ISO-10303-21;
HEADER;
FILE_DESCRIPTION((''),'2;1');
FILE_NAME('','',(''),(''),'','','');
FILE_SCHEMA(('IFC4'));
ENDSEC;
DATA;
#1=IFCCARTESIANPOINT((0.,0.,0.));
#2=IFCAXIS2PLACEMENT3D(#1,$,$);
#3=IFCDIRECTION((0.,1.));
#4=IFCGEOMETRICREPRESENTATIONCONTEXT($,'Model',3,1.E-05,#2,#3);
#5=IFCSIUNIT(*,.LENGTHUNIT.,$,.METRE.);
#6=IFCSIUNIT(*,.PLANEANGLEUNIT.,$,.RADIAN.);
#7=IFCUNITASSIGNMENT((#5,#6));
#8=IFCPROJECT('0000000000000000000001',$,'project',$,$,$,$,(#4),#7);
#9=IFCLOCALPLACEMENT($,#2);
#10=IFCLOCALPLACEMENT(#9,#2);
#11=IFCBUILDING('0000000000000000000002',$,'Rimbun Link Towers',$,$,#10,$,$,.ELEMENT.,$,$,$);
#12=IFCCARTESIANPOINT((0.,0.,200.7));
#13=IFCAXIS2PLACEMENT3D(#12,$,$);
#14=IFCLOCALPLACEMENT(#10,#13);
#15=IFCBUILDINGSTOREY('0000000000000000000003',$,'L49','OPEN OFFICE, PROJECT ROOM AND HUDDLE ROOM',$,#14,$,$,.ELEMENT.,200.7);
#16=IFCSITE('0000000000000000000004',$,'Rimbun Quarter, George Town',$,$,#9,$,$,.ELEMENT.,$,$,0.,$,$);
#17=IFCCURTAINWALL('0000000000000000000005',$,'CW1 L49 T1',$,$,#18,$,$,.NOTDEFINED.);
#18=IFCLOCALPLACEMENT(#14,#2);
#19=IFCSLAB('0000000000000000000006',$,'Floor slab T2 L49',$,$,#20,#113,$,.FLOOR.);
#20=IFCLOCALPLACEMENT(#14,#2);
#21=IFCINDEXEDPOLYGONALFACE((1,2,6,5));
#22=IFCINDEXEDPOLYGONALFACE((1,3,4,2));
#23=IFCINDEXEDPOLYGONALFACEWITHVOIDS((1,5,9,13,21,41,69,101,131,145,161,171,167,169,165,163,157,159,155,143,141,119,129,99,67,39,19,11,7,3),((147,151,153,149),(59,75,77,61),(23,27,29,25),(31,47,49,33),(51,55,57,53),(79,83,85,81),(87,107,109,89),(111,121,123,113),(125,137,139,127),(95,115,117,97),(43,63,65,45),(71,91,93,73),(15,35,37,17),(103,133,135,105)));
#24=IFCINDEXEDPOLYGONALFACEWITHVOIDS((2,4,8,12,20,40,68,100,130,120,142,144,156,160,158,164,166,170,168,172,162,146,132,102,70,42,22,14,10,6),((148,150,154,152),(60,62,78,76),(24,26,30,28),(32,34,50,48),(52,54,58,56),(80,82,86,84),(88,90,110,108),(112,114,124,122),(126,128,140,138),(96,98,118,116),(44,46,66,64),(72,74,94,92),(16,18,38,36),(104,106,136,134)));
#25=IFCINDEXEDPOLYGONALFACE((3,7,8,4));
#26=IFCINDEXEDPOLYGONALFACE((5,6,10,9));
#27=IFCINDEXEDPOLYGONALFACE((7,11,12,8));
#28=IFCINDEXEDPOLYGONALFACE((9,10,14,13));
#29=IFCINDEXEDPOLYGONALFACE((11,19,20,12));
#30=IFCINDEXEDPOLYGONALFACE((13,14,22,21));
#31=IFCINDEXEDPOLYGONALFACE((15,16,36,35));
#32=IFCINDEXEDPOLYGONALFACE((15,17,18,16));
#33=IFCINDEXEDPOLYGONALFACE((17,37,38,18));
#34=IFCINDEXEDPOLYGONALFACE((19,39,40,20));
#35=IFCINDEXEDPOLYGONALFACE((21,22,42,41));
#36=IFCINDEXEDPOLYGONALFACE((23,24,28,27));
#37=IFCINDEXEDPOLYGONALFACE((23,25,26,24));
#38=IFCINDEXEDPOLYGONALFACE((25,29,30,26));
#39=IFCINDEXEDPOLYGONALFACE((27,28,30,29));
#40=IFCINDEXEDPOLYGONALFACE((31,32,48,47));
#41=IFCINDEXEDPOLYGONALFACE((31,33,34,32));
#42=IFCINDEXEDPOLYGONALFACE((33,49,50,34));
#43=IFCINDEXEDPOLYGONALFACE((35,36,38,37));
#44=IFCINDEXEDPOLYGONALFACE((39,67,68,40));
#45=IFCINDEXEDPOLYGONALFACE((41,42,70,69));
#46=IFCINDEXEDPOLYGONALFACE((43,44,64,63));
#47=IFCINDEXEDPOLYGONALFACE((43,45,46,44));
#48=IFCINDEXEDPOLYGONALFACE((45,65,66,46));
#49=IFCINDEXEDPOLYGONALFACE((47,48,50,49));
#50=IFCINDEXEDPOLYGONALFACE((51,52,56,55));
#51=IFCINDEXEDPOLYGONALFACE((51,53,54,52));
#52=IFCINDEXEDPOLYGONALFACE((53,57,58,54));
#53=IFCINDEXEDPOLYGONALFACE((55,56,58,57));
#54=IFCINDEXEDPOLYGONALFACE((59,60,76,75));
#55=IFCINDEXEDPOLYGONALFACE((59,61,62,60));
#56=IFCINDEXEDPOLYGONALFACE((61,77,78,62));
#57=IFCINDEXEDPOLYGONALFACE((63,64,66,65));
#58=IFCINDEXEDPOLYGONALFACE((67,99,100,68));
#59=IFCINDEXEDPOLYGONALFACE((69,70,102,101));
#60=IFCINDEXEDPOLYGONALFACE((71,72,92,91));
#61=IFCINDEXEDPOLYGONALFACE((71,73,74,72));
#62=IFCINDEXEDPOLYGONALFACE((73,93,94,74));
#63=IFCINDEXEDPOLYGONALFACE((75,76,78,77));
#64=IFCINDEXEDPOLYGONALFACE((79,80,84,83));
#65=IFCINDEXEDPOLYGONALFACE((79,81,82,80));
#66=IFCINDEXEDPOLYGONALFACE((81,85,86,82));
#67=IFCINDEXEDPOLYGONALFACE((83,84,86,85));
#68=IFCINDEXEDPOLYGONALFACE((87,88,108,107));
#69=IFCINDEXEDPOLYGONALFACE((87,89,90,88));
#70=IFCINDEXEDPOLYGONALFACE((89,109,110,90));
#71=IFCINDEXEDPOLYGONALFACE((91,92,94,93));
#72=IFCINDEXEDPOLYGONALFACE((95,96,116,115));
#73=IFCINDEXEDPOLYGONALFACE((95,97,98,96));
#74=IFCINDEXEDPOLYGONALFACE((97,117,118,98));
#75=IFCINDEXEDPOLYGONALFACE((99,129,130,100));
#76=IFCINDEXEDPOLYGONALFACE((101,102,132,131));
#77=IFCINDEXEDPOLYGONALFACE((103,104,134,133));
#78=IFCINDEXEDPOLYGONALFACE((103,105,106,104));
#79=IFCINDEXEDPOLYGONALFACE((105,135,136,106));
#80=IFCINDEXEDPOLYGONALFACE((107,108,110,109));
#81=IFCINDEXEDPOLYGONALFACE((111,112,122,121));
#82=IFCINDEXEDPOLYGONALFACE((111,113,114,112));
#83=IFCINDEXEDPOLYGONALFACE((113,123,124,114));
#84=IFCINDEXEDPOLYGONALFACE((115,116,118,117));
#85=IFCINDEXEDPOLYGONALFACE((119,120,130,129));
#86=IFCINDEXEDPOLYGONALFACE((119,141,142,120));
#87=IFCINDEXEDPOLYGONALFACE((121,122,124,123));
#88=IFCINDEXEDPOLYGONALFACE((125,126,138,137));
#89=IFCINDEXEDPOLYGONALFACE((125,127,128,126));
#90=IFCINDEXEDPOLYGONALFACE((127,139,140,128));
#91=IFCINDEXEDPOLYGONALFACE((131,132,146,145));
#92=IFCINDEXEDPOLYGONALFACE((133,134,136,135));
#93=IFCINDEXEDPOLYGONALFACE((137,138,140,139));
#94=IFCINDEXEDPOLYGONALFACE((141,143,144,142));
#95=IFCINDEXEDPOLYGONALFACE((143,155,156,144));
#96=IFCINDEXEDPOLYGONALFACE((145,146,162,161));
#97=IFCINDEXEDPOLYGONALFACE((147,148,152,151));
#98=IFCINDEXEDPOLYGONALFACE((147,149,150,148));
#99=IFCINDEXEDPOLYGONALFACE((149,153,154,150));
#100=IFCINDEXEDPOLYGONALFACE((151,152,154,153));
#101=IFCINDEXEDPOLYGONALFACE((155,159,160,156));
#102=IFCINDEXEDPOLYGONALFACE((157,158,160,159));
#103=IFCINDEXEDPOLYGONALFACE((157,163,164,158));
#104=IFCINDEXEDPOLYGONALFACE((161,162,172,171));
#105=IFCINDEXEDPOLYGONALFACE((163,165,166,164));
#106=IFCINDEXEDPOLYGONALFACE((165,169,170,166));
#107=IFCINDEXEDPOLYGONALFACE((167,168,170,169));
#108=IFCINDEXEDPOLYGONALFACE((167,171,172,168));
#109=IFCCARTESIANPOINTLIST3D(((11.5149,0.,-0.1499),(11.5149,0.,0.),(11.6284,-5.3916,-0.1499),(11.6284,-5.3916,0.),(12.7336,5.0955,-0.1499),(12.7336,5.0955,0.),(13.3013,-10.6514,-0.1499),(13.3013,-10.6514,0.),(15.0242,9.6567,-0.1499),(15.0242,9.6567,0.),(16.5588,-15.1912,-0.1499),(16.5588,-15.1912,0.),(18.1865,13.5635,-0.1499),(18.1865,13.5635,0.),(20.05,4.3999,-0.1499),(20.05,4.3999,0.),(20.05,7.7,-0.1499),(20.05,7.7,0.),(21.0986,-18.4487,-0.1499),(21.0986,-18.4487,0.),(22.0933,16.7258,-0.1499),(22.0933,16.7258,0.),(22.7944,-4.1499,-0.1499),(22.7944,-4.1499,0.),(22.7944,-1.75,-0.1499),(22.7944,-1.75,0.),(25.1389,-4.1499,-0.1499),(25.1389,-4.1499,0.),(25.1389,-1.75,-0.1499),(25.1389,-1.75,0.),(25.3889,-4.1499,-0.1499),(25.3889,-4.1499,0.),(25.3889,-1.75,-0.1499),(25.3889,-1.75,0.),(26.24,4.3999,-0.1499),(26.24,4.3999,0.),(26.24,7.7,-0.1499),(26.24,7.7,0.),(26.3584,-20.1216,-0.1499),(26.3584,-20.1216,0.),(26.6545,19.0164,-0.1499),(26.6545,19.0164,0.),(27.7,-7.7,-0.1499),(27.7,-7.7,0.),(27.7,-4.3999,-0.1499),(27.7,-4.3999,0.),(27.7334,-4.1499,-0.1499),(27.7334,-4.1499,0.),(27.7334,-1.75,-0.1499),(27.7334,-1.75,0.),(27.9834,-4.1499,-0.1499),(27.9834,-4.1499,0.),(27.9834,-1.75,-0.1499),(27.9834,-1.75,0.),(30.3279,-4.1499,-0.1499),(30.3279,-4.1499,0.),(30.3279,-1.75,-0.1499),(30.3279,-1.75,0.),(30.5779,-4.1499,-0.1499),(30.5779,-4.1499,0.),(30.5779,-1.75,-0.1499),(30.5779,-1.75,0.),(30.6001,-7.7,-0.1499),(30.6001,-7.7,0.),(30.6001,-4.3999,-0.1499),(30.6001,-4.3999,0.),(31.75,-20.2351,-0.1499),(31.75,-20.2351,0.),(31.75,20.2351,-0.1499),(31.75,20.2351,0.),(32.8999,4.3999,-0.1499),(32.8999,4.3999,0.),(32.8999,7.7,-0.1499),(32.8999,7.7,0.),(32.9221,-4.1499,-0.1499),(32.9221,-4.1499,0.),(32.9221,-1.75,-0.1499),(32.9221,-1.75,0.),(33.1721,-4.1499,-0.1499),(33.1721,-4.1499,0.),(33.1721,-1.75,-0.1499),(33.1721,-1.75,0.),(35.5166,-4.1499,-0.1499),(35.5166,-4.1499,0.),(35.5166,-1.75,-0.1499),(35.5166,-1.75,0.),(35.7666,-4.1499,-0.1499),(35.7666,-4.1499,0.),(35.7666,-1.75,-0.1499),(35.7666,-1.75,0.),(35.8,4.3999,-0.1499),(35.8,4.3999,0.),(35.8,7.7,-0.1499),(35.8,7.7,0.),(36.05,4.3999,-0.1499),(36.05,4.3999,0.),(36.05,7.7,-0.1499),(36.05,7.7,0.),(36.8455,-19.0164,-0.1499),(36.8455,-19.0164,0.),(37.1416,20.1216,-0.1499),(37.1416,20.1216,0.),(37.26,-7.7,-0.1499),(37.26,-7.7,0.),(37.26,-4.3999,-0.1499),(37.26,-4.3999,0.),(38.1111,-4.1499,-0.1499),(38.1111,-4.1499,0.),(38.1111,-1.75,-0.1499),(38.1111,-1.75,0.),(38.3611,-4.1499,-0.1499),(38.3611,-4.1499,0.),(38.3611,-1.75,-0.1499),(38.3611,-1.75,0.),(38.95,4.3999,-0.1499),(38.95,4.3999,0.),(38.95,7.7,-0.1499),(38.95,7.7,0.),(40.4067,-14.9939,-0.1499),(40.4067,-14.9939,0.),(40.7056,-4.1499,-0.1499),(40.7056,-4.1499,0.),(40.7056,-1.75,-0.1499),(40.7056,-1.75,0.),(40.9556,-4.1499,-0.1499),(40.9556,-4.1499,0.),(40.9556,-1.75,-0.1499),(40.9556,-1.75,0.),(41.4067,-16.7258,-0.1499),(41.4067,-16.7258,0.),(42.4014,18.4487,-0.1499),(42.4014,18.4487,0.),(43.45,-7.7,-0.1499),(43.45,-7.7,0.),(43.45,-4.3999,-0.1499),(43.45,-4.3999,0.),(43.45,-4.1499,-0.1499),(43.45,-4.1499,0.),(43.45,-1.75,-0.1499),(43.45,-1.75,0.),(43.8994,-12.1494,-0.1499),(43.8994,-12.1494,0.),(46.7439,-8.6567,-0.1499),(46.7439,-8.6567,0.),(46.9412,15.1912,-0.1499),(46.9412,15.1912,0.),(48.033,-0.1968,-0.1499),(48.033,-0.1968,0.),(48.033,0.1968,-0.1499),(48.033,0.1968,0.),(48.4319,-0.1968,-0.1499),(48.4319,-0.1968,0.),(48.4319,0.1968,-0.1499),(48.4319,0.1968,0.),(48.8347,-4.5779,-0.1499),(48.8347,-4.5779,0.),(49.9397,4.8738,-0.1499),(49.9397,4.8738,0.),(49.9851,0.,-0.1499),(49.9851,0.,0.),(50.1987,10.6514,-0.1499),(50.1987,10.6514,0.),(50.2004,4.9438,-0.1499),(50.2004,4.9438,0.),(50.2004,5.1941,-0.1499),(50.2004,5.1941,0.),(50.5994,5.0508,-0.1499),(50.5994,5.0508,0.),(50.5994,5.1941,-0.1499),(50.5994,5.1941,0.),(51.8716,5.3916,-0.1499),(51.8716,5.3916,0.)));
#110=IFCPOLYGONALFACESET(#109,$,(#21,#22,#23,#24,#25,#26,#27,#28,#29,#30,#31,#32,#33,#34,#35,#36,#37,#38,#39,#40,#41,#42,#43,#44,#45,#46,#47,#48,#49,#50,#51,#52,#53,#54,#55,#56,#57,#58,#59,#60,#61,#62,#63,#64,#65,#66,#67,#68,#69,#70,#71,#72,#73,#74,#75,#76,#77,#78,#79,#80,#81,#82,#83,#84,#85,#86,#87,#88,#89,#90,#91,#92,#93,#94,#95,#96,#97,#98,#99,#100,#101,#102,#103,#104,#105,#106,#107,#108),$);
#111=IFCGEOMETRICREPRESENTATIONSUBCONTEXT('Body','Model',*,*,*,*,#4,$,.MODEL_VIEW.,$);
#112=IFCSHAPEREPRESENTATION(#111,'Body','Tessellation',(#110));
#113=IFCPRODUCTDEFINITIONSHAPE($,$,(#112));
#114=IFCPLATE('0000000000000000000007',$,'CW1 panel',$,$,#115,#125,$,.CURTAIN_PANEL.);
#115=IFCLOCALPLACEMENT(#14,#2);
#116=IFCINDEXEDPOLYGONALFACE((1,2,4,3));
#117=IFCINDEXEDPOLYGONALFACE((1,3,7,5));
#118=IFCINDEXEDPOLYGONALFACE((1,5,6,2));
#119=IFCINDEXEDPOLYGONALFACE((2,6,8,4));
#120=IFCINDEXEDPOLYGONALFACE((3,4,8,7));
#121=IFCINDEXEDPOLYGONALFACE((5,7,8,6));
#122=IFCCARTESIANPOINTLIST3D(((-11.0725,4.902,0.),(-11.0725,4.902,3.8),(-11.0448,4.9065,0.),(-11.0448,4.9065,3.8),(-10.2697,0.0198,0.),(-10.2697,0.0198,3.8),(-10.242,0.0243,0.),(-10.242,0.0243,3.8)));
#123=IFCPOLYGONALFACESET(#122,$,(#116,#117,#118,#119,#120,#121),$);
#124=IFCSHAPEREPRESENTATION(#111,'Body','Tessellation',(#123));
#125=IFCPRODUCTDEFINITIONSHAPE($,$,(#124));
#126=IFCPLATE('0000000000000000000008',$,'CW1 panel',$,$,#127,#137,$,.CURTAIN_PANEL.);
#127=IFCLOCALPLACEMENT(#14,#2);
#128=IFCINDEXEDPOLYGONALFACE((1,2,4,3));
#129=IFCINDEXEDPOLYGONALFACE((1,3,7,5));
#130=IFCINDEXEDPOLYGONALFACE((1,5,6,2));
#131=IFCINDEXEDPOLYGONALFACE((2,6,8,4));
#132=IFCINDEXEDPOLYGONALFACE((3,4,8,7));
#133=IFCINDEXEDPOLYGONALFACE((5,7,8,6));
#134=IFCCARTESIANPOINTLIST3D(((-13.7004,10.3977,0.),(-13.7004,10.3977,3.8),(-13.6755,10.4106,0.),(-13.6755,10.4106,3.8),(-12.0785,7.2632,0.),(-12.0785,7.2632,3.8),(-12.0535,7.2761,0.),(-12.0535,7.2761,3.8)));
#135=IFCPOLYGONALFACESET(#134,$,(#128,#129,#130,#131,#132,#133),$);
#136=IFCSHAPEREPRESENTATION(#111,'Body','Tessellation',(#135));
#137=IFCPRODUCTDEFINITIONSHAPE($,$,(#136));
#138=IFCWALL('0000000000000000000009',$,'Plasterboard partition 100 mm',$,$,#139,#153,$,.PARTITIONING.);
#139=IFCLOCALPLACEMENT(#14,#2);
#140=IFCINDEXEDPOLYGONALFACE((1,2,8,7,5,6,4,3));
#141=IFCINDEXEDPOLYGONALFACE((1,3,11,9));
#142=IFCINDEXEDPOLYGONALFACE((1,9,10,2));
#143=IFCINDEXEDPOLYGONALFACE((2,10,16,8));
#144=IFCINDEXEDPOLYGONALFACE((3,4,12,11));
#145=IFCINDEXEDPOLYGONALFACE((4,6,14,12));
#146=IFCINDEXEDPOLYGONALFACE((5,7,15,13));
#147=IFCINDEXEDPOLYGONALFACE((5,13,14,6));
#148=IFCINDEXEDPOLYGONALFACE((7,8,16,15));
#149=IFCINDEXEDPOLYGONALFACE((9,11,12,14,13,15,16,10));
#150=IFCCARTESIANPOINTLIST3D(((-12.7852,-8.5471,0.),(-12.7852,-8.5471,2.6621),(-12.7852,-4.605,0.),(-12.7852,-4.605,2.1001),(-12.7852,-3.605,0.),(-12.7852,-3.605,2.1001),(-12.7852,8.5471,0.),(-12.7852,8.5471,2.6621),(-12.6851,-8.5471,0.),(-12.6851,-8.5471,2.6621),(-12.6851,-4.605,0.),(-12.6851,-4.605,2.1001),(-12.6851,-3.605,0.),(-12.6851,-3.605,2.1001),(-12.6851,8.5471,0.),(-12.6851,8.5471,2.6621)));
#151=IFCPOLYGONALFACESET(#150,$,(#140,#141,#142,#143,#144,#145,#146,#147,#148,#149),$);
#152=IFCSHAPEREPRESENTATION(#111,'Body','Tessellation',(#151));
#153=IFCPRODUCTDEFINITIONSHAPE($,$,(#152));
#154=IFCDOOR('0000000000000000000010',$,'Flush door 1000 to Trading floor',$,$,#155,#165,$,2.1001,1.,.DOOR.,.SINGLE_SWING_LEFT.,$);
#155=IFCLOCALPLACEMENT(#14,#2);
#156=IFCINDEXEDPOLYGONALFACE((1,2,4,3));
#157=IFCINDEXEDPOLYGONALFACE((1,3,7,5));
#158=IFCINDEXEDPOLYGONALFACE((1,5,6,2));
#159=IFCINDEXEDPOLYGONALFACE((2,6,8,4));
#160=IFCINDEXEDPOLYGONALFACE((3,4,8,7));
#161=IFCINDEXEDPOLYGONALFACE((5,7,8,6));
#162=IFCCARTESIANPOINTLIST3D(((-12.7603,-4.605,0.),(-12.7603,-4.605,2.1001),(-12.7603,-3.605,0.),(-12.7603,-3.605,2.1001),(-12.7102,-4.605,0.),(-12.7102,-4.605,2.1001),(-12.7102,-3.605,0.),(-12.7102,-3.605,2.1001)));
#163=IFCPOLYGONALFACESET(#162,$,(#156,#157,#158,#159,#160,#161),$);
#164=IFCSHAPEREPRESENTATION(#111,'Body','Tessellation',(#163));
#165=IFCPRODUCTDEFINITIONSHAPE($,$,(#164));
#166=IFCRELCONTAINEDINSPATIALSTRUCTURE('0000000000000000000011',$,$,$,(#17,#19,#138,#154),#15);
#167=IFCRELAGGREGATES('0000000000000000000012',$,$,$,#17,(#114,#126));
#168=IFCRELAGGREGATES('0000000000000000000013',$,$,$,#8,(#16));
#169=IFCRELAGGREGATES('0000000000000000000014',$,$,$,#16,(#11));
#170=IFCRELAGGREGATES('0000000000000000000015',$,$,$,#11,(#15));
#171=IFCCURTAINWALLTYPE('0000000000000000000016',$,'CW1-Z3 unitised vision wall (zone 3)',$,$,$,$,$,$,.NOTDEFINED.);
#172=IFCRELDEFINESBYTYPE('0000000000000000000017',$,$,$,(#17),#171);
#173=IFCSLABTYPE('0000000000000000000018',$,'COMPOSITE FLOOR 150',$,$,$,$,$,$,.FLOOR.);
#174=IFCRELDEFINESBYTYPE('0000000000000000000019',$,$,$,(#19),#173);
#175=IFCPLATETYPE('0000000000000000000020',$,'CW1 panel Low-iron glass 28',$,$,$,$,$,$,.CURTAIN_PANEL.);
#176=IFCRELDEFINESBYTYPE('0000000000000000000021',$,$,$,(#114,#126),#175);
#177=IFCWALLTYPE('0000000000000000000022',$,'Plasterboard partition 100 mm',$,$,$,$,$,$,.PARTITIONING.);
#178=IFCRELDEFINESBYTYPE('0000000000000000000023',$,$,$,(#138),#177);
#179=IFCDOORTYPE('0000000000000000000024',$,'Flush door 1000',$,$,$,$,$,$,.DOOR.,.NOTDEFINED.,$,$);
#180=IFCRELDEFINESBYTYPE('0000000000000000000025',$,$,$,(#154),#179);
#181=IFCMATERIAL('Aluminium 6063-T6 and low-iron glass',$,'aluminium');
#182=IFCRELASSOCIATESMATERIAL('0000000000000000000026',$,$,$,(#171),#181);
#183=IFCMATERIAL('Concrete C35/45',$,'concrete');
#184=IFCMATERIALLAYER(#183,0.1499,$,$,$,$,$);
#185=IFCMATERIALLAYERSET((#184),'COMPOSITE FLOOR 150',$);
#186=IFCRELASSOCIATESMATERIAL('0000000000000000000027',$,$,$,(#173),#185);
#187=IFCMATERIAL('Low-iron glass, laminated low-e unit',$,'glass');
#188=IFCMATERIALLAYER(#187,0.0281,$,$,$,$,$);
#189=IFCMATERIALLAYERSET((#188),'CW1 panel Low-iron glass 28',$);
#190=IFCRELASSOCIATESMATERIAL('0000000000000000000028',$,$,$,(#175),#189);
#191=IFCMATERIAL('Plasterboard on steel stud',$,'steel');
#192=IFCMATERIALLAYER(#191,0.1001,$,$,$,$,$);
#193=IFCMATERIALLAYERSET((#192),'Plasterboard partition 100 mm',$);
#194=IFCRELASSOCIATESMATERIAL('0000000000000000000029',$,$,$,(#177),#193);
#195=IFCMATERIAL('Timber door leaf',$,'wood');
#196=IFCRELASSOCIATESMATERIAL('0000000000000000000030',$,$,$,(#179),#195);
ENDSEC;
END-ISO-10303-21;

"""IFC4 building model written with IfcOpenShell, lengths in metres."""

from ifc_helpers import new_model, si_unit, direction, frame, frame_2d, origin, origin_2d, place, context, subcontext, project, spatial, polyline, rectangle, outline, extrude, material, layer, layer_set, type_object, element, fill, aggregate, save


model = new_model("IFC4")

# Units and contexts
model_context = context("Model", 3, precision=1e-05, world=origin(), true_north=direction((0.0, 1.0)))
body_context = subcontext(model_context, "Body", "Model", "MODEL_VIEW")
ifc_project = project(units=[si_unit("LENGTHUNIT", "METRE"), si_unit("PLANEANGLEUNIT", "RADIAN")], contexts=[model_context])

# Site, building, storey
site_placement = place(None, origin())
site = spatial("IfcSite", under=ifc_project, at=site_placement, Name="Rimbun Quarter, George Town", CompositionType="ELEMENT", RefElevation=0.0)
building_placement = place(site_placement, origin())
building = spatial("IfcBuilding", under=site, at=building_placement, Name="Rimbun Link Towers", CompositionType="ELEMENT")
storey_placement = place(building_placement, frame((0.0, 0.0, 200.7)))
storey = spatial("IfcBuildingStorey", under=building, at=storey_placement, Name="L49", Description="OPEN OFFICE, PROJECT ROOM AND HUDDLE ROOM", CompositionType="ELEMENT", Elevation=200.7)

# Curtain wall
ifc_material_1 = material(Name="Aluminium 6063-T6 and low-iron glass", Category="aluminium")
curtain_wall_type = type_object("IfcCurtainWallType", Name="CW1-Z3 unitised vision wall (zone 3)", PredefinedType="NOTDEFINED", material=ifc_material_1)
curtain_wall_placement = place(storey_placement, origin())
curtain_wall = element("IfcCurtainWall", 1, at=curtain_wall_placement, inside=storey, type_object=curtain_wall_type, Name="CW1 L49 T1", PredefinedType="NOTDEFINED")

# Slab
ifc_material_2 = material(Name="Concrete C35/45", Category="concrete")
ifc_layer_1 = layer(ifc_material_2, 0.1499)
ifc_layer_set_1 = layer_set([ifc_layer_1], Name="COMPOSITE FLOOR 150")
slab_type = type_object("IfcSlabType", Name="COMPOSITE FLOOR 150", PredefinedType="FLOOR", material=ifc_layer_set_1)
slab_placement = place(storey_placement, frame((0.0, 0.0, -0.1499)))
element("IfcSlab", 2, at=slab_placement, inside=storey, type_object=slab_type, Name="Floor slab T2 L49", PredefinedType="FLOOR", context=body_context, shape_type="SweptSolid", body=[
    extrude(outline(polyline([(49.9397, 4.8738), (49.9851, 0.0), (48.8347, -4.5779), (46.7439, -8.6567), (43.8994, -12.1494), (40.4067, -14.9939), (41.4067, -16.7258), (36.8455, -19.0164), (31.75, -20.2351), (26.3584, -20.1216), (21.0986, -18.4487), (16.5588, -15.1912), (13.3013, -10.6514), (11.6284, -5.3916), (11.5149, 0.0), (12.7336, 5.0955), (15.0242, 9.6567), (18.1865, 13.5635), (22.0933, 16.7258), (26.6545, 19.0164), (31.75, 20.2351), (37.1416, 20.1216), (42.4014, 18.4487), (46.9412, 15.1912), (50.1987, 10.6514), (51.8716, 5.3916), (50.5994, 5.0508), (50.5994, 5.1941), (50.2004, 5.1941), (50.2004, 4.9438), (49.9397, 4.8738)]), holes=[polyline([(30.6001, -4.3999), (27.7, -4.3999), (27.7, -7.7), (30.6001, -7.7), (30.6001, -4.3999)]), polyline([(25.1389, -4.1499), (25.1389, -1.75), (22.7944, -1.75), (22.7944, -4.1499), (25.1389, -4.1499)]), polyline([(27.7334, -4.1499), (27.7334, -1.75), (25.3889, -1.75), (25.3889, -4.1499), (27.7334, -4.1499)]), polyline([(30.3279, -4.1499), (30.3279, -1.75), (27.9834, -1.75), (27.9834, -4.1499), (30.3279, -4.1499)]), polyline([(32.9221, -4.1499), (32.9221, -1.75), (30.5779, -1.75), (30.5779, -4.1499), (32.9221, -4.1499)]), polyline([(35.5166, -4.1499), (35.5166, -1.75), (33.1721, -1.75), (33.1721, -4.1499), (35.5166, -4.1499)]), polyline([(26.24, 4.3999), (26.24, 7.7), (20.05, 7.7), (20.05, 4.3999), (26.24, 4.3999)]), polyline([(35.8, 4.3999), (35.8, 7.7), (32.8999, 7.7), (32.8999, 4.3999), (35.8, 4.3999)]), polyline([(43.45, -7.7), (43.45, -4.3999), (37.26, -4.3999), (37.26, -7.7), (43.45, -7.7)]), polyline([(38.1111, -4.1499), (38.1111, -1.75), (35.7666, -1.75), (35.7666, -4.1499), (38.1111, -4.1499)]), polyline([(40.7056, -4.1499), (40.7056, -1.75), (38.3611, -1.75), (38.3611, -4.1499), (40.7056, -4.1499)]), polyline([(43.45, -4.1499), (43.45, -1.75), (40.9556, -1.75), (40.9556, -4.1499), (43.45, -4.1499)]), polyline([(48.4319, -0.1968), (48.4319, 0.1968), (48.033, 0.1968), (48.033, -0.1968), (48.4319, -0.1968)]), polyline([(38.95, 4.3999), (38.95, 7.7), (36.05, 7.7), (36.05, 4.3999), (38.95, 4.3999)])]), origin(), (0.0, 0.0, 1.0), 0.1499),
])

# Plates
ifc_material_3 = material(Name="Low-iron glass, laminated low-e unit", Category="glass")
ifc_layer_2 = layer(ifc_material_3, 0.0281)
ifc_layer_set_2 = layer_set([ifc_layer_2], Name="CW1 panel Low-iron glass 28")
plate_type = type_object("IfcPlateType", Name="CW1 panel Low-iron glass 28", PredefinedType="CURTAIN_PANEL", material=ifc_layer_set_2)
plate_1_placement = place(storey_placement, frame((-10.6572, 2.4631, 0.0), z_axis=(0.0, 0.0, 1.0), x_axis=(0.162251, -0.98675, 0.0)))
plate_1 = element("IfcPlate", 3, at=plate_1_placement, type_object=plate_type, Name="CW1 panel", PredefinedType="CURTAIN_PANEL", context=body_context, shape_type="SweptSolid", body=[
    extrude(rectangle(XDim=4.9478, YDim=0.0281, at=origin_2d()), origin(), (0.0, 0.0, 1.0), 3.8),
])
plate_2_placement = place(storey_placement, frame((-12.877, 8.8369, 0.0), z_axis=(0.0, 0.0, 1.0), x_axis=(0.459563, -0.888145, 0.0)))
plate_2 = element("IfcPlate", 4, at=plate_2_placement, type_object=plate_type, Name="CW1 panel", PredefinedType="CURTAIN_PANEL", context=body_context, shape_type="SweptSolid", body=[
    extrude(rectangle(XDim=3.5293, YDim=0.0281, at=origin_2d()), origin(), (0.0, 0.0, 1.0), 3.8),
])
aggregate(curtain_wall, [plate_1, plate_2])

# Wall, opening, door
ifc_material_4 = material(Name="Plasterboard on steel stud", Category="steel")
ifc_layer_3 = layer(ifc_material_4, 0.1001)
ifc_layer_set_3 = layer_set([ifc_layer_3], Name="Plasterboard partition 100 mm")
wall_type = type_object("IfcWallType", Name="Plasterboard partition 100 mm", PredefinedType="PARTITIONING", material=ifc_layer_set_3)
wall_placement = place(storey_placement, frame((-12.7351, 8.5471, 0.0), z_axis=(0.0, 0.0, 1.0), x_axis=(0.0, -1.0, 0.0)))
wall = element("IfcWall", 5, at=wall_placement, inside=storey, type_object=wall_type, Name="Plasterboard partition 100 mm", PredefinedType="PARTITIONING", context=body_context, shape_type="SweptSolid", body=[
    extrude(rectangle(XDim=17.0942, YDim=0.1001, at=frame_2d((8.5471, 0.0))), origin(), (0.0, 0.0, 1.0), 2.6621),
])
opening_placement = place(wall_placement, frame((12.1521, 0.0, 0.0)))
opening = element("IfcOpeningElement", 6, at=opening_placement, cuts=wall, PredefinedType="OPENING", context=body_context, shape_type="SweptSolid", body=[
    extrude(rectangle(XDim=1.0, YDim=2.1001, at=frame_2d((0.5, 1.05))), frame((0.0, 0.0601, 0.0), z_axis=(0.0, -1.0, 0.0), x_axis=(1.0, 0.0, 0.0)), (0.0, 0.0, 1.0), 0.1201),
])
ifc_material_5 = material(Name="Timber door leaf", Category="wood")
door_type = type_object("IfcDoorType", Name="Flush door 1000", OperationType="NOTDEFINED", PredefinedType="DOOR", material=ifc_material_5)
door_placement = place(opening_placement, origin())
door = element("IfcDoor", 7, at=door_placement, inside=storey, type_object=door_type, Name="Flush door 1000 to Trading floor", OperationType="SINGLE_SWING_LEFT", OverallHeight=2.1001, OverallWidth=1.0, PredefinedType="DOOR", context=body_context, shape_type="SweptSolid", body=[
    extrude(rectangle(XDim=1.0, YDim=2.1001, at=frame_2d((0.5, 1.05))), frame((0.0, 0.0249, 0.0), z_axis=(0.0, -1.0, 0.0), x_axis=(1.0, 0.0, 0.0)), (0.0, 0.0, 1.0), 0.05),
])
fill(opening, door)

save(model, "model.ifc")
